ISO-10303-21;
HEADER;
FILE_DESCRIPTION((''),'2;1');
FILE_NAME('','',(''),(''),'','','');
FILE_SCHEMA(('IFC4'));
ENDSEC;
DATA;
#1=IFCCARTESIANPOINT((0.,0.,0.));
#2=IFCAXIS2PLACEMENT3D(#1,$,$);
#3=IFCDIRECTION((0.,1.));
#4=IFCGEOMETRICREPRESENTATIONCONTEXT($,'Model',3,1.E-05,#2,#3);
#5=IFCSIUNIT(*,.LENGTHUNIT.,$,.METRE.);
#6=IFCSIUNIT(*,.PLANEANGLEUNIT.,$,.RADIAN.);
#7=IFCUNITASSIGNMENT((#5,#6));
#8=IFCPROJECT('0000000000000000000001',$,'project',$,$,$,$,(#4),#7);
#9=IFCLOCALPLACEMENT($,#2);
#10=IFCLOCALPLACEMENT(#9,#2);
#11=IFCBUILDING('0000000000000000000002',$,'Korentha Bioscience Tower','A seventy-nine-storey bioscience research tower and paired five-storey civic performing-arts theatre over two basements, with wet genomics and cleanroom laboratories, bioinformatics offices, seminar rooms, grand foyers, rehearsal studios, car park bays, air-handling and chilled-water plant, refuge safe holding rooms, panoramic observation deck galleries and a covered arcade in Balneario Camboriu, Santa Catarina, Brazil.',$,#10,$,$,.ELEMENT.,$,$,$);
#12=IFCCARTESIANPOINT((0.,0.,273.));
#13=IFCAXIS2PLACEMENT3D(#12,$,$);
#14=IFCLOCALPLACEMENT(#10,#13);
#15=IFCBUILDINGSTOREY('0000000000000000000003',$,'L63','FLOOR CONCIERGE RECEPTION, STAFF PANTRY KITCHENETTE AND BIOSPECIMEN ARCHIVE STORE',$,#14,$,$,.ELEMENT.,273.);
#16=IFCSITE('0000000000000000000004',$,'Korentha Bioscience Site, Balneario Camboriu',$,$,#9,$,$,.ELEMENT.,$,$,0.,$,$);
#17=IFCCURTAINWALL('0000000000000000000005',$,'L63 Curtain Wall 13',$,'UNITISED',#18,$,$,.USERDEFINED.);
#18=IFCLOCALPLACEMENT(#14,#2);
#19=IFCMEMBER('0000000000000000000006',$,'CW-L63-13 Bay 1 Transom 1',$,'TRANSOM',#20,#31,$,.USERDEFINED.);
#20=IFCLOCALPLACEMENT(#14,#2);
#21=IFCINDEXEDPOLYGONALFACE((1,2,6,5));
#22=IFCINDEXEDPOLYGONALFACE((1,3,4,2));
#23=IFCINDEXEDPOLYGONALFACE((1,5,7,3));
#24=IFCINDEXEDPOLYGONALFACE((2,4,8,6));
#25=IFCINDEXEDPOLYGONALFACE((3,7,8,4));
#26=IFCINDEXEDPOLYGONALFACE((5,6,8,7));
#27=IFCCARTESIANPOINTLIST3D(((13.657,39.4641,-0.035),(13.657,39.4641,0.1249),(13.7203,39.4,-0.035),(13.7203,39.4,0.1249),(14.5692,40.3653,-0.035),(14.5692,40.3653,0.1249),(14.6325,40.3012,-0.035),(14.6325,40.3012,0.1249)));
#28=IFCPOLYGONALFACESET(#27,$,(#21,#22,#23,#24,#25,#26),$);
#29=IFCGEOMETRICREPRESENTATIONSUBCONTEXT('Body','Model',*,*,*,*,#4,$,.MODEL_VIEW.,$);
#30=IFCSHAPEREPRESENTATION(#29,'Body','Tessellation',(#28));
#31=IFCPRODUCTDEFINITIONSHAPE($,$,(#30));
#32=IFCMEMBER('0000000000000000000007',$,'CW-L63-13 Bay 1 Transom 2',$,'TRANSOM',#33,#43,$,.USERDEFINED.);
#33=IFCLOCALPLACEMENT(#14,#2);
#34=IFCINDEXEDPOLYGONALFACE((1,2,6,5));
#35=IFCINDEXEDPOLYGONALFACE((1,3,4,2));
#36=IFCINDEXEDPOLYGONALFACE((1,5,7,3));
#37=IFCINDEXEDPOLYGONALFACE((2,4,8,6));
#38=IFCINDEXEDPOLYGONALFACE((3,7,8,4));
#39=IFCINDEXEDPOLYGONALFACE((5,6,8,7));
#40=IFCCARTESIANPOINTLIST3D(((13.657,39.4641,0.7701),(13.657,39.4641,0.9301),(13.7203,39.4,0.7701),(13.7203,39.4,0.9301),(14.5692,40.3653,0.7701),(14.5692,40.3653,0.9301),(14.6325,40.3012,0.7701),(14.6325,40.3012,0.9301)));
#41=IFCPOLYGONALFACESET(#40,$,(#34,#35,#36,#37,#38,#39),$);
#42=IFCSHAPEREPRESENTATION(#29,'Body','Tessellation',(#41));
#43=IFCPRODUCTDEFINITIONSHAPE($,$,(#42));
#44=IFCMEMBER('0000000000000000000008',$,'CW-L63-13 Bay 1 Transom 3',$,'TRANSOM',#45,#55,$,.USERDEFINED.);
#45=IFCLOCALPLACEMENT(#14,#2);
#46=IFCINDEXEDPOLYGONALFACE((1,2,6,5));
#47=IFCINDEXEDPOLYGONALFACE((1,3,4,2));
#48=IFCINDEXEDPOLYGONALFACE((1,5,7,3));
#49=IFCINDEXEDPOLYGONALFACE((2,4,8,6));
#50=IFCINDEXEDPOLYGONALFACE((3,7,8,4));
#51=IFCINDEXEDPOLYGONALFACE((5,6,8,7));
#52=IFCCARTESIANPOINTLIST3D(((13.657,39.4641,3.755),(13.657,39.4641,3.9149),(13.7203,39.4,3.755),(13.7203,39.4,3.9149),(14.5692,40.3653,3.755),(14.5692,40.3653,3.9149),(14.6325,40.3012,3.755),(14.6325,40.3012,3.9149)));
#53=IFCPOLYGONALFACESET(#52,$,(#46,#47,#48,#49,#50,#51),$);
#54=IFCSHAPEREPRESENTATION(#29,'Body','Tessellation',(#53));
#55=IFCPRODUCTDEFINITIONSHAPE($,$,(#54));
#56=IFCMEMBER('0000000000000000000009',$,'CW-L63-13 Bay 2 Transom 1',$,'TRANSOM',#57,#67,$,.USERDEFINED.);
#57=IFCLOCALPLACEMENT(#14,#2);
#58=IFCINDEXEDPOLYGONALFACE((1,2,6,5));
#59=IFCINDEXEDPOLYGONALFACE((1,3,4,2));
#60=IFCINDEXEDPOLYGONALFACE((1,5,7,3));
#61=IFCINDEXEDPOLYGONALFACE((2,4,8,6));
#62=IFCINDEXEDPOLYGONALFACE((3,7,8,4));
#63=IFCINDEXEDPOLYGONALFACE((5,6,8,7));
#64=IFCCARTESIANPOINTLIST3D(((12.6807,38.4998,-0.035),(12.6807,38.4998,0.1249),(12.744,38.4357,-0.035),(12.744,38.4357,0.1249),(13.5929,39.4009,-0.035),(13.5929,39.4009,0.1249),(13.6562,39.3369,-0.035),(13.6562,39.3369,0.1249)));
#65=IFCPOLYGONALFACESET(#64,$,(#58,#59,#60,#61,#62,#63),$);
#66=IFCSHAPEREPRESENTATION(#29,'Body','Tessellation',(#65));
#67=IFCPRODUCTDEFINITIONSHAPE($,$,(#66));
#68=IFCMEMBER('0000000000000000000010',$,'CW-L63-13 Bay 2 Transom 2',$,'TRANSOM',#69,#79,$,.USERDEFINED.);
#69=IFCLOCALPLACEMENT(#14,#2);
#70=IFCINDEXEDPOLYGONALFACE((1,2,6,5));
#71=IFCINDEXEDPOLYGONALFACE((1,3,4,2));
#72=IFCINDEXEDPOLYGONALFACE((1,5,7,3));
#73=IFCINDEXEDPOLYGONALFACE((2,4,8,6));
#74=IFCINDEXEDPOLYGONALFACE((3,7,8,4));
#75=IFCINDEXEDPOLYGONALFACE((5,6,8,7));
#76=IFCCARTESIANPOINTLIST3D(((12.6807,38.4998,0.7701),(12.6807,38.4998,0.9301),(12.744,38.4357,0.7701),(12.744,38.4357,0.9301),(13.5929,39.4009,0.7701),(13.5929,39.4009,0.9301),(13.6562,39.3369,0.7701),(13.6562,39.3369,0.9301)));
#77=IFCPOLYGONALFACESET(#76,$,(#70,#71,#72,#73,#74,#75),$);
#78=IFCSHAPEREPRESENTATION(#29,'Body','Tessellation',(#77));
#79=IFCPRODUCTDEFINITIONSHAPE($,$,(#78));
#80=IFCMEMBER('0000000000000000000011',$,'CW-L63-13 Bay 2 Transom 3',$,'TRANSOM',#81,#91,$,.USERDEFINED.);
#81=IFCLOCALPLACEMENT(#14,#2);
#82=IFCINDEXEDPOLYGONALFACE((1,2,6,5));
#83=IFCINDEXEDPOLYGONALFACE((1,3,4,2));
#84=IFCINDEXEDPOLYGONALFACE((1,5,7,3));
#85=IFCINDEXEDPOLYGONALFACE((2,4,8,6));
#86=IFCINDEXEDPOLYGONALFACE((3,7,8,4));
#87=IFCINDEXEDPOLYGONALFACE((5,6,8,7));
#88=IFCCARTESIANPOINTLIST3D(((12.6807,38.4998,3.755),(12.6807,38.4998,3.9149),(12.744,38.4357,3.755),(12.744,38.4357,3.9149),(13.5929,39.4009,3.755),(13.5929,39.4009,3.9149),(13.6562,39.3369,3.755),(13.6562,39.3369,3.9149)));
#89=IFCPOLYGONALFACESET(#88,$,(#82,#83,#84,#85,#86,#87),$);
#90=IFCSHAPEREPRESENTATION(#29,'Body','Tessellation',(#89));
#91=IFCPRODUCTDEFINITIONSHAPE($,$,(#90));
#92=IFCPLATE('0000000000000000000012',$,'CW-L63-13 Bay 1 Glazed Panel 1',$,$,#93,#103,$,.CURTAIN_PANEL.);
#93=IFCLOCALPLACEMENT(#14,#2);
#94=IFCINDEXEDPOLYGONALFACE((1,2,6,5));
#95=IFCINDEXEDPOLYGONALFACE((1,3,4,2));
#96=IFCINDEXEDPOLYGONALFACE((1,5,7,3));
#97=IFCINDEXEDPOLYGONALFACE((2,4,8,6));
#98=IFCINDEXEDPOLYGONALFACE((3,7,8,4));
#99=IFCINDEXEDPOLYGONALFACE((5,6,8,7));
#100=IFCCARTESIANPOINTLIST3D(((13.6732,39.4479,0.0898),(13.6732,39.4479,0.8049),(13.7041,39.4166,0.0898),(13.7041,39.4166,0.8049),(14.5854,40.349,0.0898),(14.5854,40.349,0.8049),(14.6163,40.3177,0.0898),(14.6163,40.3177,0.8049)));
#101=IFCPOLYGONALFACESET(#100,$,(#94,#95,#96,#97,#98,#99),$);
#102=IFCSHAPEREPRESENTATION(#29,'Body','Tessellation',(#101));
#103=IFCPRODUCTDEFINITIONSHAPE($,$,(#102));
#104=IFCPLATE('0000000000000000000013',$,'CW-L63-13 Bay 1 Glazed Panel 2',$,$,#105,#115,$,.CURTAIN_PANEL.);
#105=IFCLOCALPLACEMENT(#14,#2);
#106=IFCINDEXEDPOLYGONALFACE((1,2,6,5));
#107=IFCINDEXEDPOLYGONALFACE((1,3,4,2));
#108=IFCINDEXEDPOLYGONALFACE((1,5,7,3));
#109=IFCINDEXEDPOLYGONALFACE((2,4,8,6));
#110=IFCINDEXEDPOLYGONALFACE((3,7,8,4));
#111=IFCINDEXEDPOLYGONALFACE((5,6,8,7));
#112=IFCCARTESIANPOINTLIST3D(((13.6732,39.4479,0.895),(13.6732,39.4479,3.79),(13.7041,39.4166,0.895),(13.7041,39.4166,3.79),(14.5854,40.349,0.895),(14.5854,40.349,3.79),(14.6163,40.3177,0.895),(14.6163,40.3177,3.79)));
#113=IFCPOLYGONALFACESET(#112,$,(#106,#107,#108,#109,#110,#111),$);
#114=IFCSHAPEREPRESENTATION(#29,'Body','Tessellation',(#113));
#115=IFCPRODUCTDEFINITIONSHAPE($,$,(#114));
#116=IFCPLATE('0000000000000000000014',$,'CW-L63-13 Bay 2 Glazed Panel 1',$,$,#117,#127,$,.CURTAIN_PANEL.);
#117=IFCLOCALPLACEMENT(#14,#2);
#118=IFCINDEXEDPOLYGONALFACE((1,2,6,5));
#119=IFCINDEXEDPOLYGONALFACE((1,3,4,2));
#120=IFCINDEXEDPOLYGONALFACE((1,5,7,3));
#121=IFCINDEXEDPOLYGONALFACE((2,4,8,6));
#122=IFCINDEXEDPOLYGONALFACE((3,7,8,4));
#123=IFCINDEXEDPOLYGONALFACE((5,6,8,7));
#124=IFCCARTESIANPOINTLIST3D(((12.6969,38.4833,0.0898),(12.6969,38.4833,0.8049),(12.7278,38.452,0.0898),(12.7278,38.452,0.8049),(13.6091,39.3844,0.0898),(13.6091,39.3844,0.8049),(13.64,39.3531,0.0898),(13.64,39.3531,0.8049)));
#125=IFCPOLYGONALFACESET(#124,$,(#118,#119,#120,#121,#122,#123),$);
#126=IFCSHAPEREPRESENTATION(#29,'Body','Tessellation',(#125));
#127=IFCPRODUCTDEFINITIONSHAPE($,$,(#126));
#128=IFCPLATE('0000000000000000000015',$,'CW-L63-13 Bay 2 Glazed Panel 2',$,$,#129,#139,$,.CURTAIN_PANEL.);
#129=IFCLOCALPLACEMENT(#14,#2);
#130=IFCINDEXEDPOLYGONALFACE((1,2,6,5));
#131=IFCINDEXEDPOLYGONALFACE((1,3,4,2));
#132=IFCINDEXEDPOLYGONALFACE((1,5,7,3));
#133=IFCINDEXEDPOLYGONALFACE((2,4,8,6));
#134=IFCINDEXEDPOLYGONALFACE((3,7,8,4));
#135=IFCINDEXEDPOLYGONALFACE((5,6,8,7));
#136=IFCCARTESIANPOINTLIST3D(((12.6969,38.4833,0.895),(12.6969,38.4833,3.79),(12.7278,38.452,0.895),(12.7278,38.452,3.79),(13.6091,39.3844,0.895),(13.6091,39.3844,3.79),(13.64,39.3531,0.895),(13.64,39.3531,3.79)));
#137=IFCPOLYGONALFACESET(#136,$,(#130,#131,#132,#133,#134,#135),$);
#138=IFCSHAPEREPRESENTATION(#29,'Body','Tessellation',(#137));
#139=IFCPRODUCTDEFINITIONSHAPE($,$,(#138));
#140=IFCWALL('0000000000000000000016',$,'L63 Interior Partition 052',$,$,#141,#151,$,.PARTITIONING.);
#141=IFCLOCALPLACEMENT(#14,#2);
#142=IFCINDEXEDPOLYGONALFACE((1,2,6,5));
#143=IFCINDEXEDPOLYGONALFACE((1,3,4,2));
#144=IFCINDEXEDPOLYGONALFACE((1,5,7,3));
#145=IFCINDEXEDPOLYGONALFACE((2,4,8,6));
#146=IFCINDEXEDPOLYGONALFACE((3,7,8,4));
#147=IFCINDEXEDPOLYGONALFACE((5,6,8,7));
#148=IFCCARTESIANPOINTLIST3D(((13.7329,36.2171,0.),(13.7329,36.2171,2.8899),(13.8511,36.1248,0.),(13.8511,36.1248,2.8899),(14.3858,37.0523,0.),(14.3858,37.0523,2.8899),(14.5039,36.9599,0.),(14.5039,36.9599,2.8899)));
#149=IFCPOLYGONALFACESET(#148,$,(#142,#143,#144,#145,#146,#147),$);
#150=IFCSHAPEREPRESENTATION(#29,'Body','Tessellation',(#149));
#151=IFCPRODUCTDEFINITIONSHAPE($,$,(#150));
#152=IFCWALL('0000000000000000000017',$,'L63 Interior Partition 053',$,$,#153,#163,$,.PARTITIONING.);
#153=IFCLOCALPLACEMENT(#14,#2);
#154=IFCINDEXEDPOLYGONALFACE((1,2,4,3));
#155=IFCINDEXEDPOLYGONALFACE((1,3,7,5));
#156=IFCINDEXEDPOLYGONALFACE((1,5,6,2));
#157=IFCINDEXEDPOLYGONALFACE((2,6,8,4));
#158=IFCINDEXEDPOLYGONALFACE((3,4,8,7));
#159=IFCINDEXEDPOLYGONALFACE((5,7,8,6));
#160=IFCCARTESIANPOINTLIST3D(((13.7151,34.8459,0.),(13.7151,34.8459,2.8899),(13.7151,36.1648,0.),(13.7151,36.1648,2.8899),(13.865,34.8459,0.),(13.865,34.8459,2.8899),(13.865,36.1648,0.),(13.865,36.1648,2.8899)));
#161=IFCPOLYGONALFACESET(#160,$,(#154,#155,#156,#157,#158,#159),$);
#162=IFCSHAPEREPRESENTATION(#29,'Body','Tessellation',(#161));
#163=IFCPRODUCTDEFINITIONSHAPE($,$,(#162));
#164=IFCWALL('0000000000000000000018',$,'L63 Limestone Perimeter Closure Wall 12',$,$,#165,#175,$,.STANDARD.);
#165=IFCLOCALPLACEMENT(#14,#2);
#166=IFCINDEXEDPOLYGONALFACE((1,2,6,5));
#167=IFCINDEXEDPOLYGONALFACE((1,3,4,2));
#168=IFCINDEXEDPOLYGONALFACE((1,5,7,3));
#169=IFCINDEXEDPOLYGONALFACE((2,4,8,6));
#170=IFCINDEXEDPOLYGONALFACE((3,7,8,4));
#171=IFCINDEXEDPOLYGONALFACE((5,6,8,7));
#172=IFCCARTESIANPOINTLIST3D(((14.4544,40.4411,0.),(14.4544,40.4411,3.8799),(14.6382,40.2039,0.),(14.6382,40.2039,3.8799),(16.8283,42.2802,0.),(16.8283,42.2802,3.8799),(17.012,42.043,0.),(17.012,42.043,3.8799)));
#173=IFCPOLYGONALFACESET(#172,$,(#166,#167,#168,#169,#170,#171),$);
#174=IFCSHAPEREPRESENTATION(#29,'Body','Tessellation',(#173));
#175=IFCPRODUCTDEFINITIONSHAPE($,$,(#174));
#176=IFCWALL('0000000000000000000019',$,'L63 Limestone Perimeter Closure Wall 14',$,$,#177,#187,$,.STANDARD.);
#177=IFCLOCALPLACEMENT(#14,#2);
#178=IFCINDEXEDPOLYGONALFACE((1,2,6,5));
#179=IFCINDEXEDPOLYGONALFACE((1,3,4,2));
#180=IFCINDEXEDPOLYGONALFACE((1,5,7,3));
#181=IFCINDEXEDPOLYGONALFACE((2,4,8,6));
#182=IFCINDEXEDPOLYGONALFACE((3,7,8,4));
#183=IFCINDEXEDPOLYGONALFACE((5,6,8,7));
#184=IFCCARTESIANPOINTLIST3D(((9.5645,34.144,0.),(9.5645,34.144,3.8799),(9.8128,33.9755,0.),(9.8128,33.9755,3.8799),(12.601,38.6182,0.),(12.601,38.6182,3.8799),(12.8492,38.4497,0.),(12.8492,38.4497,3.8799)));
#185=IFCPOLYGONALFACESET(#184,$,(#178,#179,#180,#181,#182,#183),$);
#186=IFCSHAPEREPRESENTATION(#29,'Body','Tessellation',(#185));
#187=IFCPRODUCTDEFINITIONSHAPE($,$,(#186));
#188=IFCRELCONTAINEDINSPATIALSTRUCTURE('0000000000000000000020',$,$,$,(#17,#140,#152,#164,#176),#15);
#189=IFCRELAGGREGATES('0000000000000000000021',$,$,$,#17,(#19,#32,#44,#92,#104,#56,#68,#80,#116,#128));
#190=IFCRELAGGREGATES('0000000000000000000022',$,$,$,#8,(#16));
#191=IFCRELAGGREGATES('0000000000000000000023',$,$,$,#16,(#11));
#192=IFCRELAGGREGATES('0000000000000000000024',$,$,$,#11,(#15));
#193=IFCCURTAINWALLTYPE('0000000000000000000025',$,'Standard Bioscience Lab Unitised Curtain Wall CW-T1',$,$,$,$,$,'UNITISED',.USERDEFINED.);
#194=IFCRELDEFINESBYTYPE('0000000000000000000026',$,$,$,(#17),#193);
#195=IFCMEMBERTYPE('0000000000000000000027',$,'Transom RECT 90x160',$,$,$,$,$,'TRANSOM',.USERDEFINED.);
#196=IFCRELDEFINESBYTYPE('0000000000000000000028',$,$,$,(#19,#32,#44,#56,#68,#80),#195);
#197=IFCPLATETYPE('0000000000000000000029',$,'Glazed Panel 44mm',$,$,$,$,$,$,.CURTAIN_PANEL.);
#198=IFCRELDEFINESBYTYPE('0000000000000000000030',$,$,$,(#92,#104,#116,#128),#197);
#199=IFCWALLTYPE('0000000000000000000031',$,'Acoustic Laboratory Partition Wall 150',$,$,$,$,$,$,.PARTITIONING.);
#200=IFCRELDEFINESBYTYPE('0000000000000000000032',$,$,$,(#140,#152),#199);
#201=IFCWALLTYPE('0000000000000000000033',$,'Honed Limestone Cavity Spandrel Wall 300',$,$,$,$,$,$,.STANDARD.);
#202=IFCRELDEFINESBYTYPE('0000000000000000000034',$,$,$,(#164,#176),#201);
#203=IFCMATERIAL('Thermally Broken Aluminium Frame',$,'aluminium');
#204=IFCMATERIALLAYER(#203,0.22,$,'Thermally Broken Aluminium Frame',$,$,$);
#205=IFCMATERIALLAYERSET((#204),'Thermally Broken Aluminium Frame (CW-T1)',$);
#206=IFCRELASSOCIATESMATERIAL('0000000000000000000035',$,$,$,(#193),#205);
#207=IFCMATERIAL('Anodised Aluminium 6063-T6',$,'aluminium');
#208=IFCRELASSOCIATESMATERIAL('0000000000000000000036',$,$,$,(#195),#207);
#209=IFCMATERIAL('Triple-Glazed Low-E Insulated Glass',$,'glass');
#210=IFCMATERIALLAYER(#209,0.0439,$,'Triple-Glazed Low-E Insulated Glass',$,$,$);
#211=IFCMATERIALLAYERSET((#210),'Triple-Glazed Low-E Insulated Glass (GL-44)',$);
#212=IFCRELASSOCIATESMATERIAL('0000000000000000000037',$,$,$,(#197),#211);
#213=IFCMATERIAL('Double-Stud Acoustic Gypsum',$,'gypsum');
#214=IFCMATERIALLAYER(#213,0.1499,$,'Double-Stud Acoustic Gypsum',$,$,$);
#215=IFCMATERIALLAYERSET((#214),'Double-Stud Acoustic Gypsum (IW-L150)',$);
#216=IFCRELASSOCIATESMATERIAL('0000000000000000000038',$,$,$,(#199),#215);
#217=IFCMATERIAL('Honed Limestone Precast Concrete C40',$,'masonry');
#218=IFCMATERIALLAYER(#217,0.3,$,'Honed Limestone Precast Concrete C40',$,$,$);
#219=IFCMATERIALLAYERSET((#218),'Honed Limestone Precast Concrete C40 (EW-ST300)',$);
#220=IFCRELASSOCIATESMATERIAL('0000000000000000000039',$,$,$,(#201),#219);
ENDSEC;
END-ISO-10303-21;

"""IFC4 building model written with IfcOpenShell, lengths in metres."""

from ifc_helpers import new_model, si_unit, direction, frame, frame_2d, origin, origin_2d, place, context, subcontext, project, spatial, rectangle, extrude, material, layer, layer_set, material_profile, profile_set, type_object, element, aggregate, save


model = new_model("IFC4")

# Units and contexts
model_context = context("Model", 3, precision=1e-05, world=origin(), true_north=direction((0.0, 1.0)))
body_context = subcontext(model_context, "Body", "Model", "MODEL_VIEW")
ifc_project = project(units=[si_unit("LENGTHUNIT", "METRE"), si_unit("PLANEANGLEUNIT", "RADIAN")], contexts=[model_context])

# Site, building, storey
site_placement = place(None, origin())
site = spatial("IfcSite", under=ifc_project, at=site_placement, Name="Korentha Bioscience Site, Balneario Camboriu", CompositionType="ELEMENT", RefElevation=0.0)
building_placement = place(site_placement, origin())
building = spatial("IfcBuilding", under=site, at=building_placement, Name="Korentha Bioscience Tower", Description="A seventy-nine-storey bioscience research tower and paired five-storey civic performing-arts theatre over two basements, with wet genomics and cleanroom laboratories, bioinformatics offices, seminar rooms, grand foyers, rehearsal studios, car park bays, air-handling and chilled-water plant, refuge safe holding rooms, panoramic observation deck galleries and a covered arcade in Balneario Camboriu, Santa Catarina, Brazil.", CompositionType="ELEMENT")
storey_placement = place(building_placement, frame((0.0, 0.0, 273.0)))
storey = spatial("IfcBuildingStorey", under=building, at=storey_placement, Name="L63", Description="FLOOR CONCIERGE RECEPTION, STAFF PANTRY KITCHENETTE AND BIOSPECIMEN ARCHIVE STORE", CompositionType="ELEMENT", Elevation=273.0)

# Curtain wall
ifc_material_1 = material(Name="Thermally Broken Aluminium Frame", Category="aluminium")
ifc_layer_1 = layer(ifc_material_1, 0.22, Name="Thermally Broken Aluminium Frame")
ifc_layer_set_1 = layer_set([ifc_layer_1], Name="Thermally Broken Aluminium Frame (CW-T1)")
curtain_wall_type = type_object("IfcCurtainWallType", Name="Standard Bioscience Lab Unitised Curtain Wall CW-T1", ElementType="UNITISED", PredefinedType="USERDEFINED", material=ifc_layer_set_1)
curtain_wall_placement = place(storey_placement, origin())
curtain_wall = element("IfcCurtainWall", 1, at=curtain_wall_placement, inside=storey, type_object=curtain_wall_type, Name="L63 Curtain Wall 13", ObjectType="UNITISED", PredefinedType="USERDEFINED")
ifc_material_2 = material(Name="Anodised Aluminium 6063-T6", Category="aluminium")

# Members
ifc_material_profile_1 = material_profile(ifc_material_2, rectangle(XDim=0.0901, YDim=0.1599, at=origin_2d()), Name="Anodised Aluminium 6063-T6")
ifc_profile_set_1 = profile_set([ifc_material_profile_1], Name="Anodised Aluminium 6063-T6 (CW-TRN)")
member_type_1 = type_object("IfcMemberType", Name="Transom RECT 90x160", ElementType="TRANSOM", PredefinedType="USERDEFINED", material=ifc_profile_set_1)
member_1_placement = place(storey_placement, frame((14.6008, 40.3333, 0.0449), z_axis=(-0.711378, -0.70281, 0.0), x_axis=(0.70281, -0.711378, 0.0)))
member_1 = element("IfcMember", 2, at=member_1_placement, type_object=member_type_1, Name="CW-L63-13 Bay 1 Transom 1", ObjectType="TRANSOM", PredefinedType="USERDEFINED", context=body_context, shape_type="SweptSolid", body=[
    extrude(rectangle(XDim=0.0901, YDim=0.1599, at=origin_2d()), origin(), (0.0, 0.0, 1.0), 1.2822),
])
member_2_placement = place(storey_placement, frame((14.6008, 40.3333, 0.8501), z_axis=(-0.711378, -0.70281, 0.0), x_axis=(0.70281, -0.711378, 0.0)))
member_2 = element("IfcMember", 3, at=member_2_placement, type_object=member_type_1, Name="CW-L63-13 Bay 1 Transom 2", ObjectType="TRANSOM", PredefinedType="USERDEFINED", context=body_context, shape_type="SweptSolid", body=[
    extrude(rectangle(XDim=0.0901, YDim=0.1599, at=origin_2d()), origin(), (0.0, 0.0, 1.0), 1.2822),
])
member_3_placement = place(storey_placement, frame((14.6008, 40.3333, 3.835), z_axis=(-0.711378, -0.70281, 0.0), x_axis=(0.70281, -0.711378, 0.0)))
member_3 = element("IfcMember", 4, at=member_3_placement, type_object=member_type_1, Name="CW-L63-13 Bay 1 Transom 3", ObjectType="TRANSOM", PredefinedType="USERDEFINED", context=body_context, shape_type="SweptSolid", body=[
    extrude(rectangle(XDim=0.0901, YDim=0.1599, at=origin_2d()), origin(), (0.0, 0.0, 1.0), 1.2822),
])
member_4_placement = place(storey_placement, frame((13.6245, 39.3689, 0.0449), z_axis=(-0.711378, -0.70281, 0.0), x_axis=(0.70281, -0.711378, 0.0)))
member_4 = element("IfcMember", 5, at=member_4_placement, type_object=member_type_1, Name="CW-L63-13 Bay 2 Transom 1", ObjectType="TRANSOM", PredefinedType="USERDEFINED", context=body_context, shape_type="SweptSolid", body=[
    extrude(rectangle(XDim=0.0901, YDim=0.1599, at=origin_2d()), origin(), (0.0, 0.0, 1.0), 1.2822),
])
member_5_placement = place(storey_placement, frame((13.6245, 39.3689, 0.8501), z_axis=(-0.711378, -0.70281, 0.0), x_axis=(0.70281, -0.711378, 0.0)))
member_5 = element("IfcMember", 6, at=member_5_placement, type_object=member_type_1, Name="CW-L63-13 Bay 2 Transom 2", ObjectType="TRANSOM", PredefinedType="USERDEFINED", context=body_context, shape_type="SweptSolid", body=[
    extrude(rectangle(XDim=0.0901, YDim=0.1599, at=origin_2d()), origin(), (0.0, 0.0, 1.0), 1.2822),
])
member_6_placement = place(storey_placement, frame((13.6245, 39.3689, 3.835), z_axis=(-0.711378, -0.70281, 0.0), x_axis=(0.70281, -0.711378, 0.0)))
member_6 = element("IfcMember", 7, at=member_6_placement, type_object=member_type_1, Name="CW-L63-13 Bay 2 Transom 3", ObjectType="TRANSOM", PredefinedType="USERDEFINED", context=body_context, shape_type="SweptSolid", body=[
    extrude(rectangle(XDim=0.0901, YDim=0.1599, at=origin_2d()), origin(), (0.0, 0.0, 1.0), 1.2822),
])

# Plates
ifc_material_3 = material(Name="Triple-Glazed Low-E Insulated Glass", Category="glass")
ifc_layer_2 = layer(ifc_material_3, 0.0439, Name="Triple-Glazed Low-E Insulated Glass")
ifc_layer_set_2 = layer_set([ifc_layer_2], Name="Triple-Glazed Low-E Insulated Glass (GL-44)")
plate_type = type_object("IfcPlateType", Name="Glazed Panel 44mm", PredefinedType="CURTAIN_PANEL", material=ifc_layer_set_2)
plate_1_placement = place(storey_placement, frame((14.1448, 39.8828, 0.0898), z_axis=(0.0, 0.0, 1.0), x_axis=(-0.711398, -0.70279, 0.0)))
plate_1 = element("IfcPlate", 8, at=plate_1_placement, type_object=plate_type, Name="CW-L63-13 Bay 1 Glazed Panel 1", PredefinedType="CURTAIN_PANEL", context=body_context, shape_type="SweptSolid", body=[
    extrude(rectangle(XDim=1.2822, YDim=0.0439, at=origin_2d()), origin(), (0.0, 0.0, 1.0), 0.7151),
])
plate_2_placement = place(storey_placement, frame((14.1448, 39.8828, 0.895), z_axis=(0.0, 0.0, 1.0), x_axis=(-0.711398, -0.70279, 0.0)))
plate_2 = element("IfcPlate", 9, at=plate_2_placement, type_object=plate_type, Name="CW-L63-13 Bay 1 Glazed Panel 2", PredefinedType="CURTAIN_PANEL", context=body_context, shape_type="SweptSolid", body=[
    extrude(rectangle(XDim=1.2822, YDim=0.0439, at=origin_2d()), origin(), (0.0, 0.0, 1.0), 2.895),
])
plate_3_placement = place(storey_placement, frame((13.1685, 38.9182, 0.0898), z_axis=(0.0, 0.0, 1.0), x_axis=(-0.711398, -0.70279, 0.0)))
plate_3 = element("IfcPlate", 10, at=plate_3_placement, type_object=plate_type, Name="CW-L63-13 Bay 2 Glazed Panel 1", PredefinedType="CURTAIN_PANEL", context=body_context, shape_type="SweptSolid", body=[
    extrude(rectangle(XDim=1.2822, YDim=0.0439, at=origin_2d()), origin(), (0.0, 0.0, 1.0), 0.7151),
])
plate_4_placement = place(storey_placement, frame((13.1685, 38.9182, 0.895), z_axis=(0.0, 0.0, 1.0), x_axis=(-0.711398, -0.70279, 0.0)))
plate_4 = element("IfcPlate", 11, at=plate_4_placement, type_object=plate_type, Name="CW-L63-13 Bay 2 Glazed Panel 2", PredefinedType="CURTAIN_PANEL", context=body_context, shape_type="SweptSolid", body=[
    extrude(rectangle(XDim=1.2822, YDim=0.0439, at=origin_2d()), origin(), (0.0, 0.0, 1.0), 2.895),
])
aggregate(curtain_wall, [member_1, member_2, member_3, plate_1, plate_2, member_4, member_5, member_6, plate_3, plate_4])

# Shared definitions
ifc_material_4 = material(Name="Double-Stud Acoustic Gypsum", Category="gypsum")
ifc_layer_3 = layer(ifc_material_4, 0.1499, Name="Double-Stud Acoustic Gypsum")
ifc_layer_set_3 = layer_set([ifc_layer_3], Name="Double-Stud Acoustic Gypsum (IW-L150)")
wall_type_1 = type_object("IfcWallType", Name="Acoustic Laboratory Partition Wall 150", PredefinedType="PARTITIONING", material=ifc_layer_set_3)

# Walls
wall_1_placement = place(storey_placement, frame((14.4448, 37.0061, 0.0), z_axis=(0.0, 0.0, 1.0), x_axis=(-0.615836, -0.787874, 0.0)))
element("IfcWall", 12, at=wall_1_placement, inside=storey, type_object=wall_type_1, Name="L63 Interior Partition 052", PredefinedType="PARTITIONING", context=body_context, shape_type="SweptSolid", body=[
    extrude(rectangle(XDim=1.0601, YDim=0.1499, at=frame_2d((0.53, 0.0))), origin(), (0.0, 0.0, 1.0), 2.8899),
])
wall_2_placement = place(storey_placement, frame((13.79, 36.1648, 0.0), z_axis=(0.0, 0.0, 1.0), x_axis=(0.0, -1.0, 0.0)))
element("IfcWall", 13, at=wall_2_placement, inside=storey, type_object=wall_type_1, Name="L63 Interior Partition 053", PredefinedType="PARTITIONING", context=body_context, shape_type="SweptSolid", body=[
    extrude(rectangle(XDim=1.3188, YDim=0.1499, at=frame_2d((0.6594, 0.0))), origin(), (0.0, 0.0, 1.0), 2.8899),
])
ifc_material_5 = material(Name="Honed Limestone Precast Concrete C40", Category="masonry")
ifc_layer_4 = layer(ifc_material_5, 0.3, Name="Honed Limestone Precast Concrete C40")
ifc_layer_set_4 = layer_set([ifc_layer_4], Name="Honed Limestone Precast Concrete C40 (EW-ST300)")
wall_type_2 = type_object("IfcWallType", Name="Honed Limestone Cavity Spandrel Wall 300", PredefinedType="STANDARD", material=ifc_layer_set_4)
wall_3_placement = place(storey_placement, frame((16.9202, 42.1616, 0.0), z_axis=(0.0, 0.0, 1.0), x_axis=(-0.790507, -0.612454, 0.0)))
element("IfcWall", 14, at=wall_3_placement, inside=storey, type_object=wall_type_2, Name="L63 Limestone Perimeter Closure Wall 12", PredefinedType="STANDARD", context=body_context, shape_type="SweptSolid", body=[
    extrude(rectangle(XDim=3.0029, YDim=0.3, at=frame_2d((1.5015, 0.0))), origin(), (0.0, 0.0, 1.0), 3.8799),
])
wall_4_placement = place(storey_placement, frame((12.7251, 38.5339, 0.0), z_axis=(0.0, 0.0, 1.0), x_axis=(-0.561548, -0.827444, 0.0)))
element("IfcWall", 15, at=wall_4_placement, inside=storey, type_object=wall_type_2, Name="L63 Limestone Perimeter Closure Wall 14", PredefinedType="STANDARD", context=body_context, shape_type="SweptSolid", body=[
    extrude(rectangle(XDim=5.4072, YDim=0.3, at=frame_2d((2.7036, 0.0))), origin(), (0.0, 0.0, 1.0), 3.8799),
])

save(model, "model.ifc")
